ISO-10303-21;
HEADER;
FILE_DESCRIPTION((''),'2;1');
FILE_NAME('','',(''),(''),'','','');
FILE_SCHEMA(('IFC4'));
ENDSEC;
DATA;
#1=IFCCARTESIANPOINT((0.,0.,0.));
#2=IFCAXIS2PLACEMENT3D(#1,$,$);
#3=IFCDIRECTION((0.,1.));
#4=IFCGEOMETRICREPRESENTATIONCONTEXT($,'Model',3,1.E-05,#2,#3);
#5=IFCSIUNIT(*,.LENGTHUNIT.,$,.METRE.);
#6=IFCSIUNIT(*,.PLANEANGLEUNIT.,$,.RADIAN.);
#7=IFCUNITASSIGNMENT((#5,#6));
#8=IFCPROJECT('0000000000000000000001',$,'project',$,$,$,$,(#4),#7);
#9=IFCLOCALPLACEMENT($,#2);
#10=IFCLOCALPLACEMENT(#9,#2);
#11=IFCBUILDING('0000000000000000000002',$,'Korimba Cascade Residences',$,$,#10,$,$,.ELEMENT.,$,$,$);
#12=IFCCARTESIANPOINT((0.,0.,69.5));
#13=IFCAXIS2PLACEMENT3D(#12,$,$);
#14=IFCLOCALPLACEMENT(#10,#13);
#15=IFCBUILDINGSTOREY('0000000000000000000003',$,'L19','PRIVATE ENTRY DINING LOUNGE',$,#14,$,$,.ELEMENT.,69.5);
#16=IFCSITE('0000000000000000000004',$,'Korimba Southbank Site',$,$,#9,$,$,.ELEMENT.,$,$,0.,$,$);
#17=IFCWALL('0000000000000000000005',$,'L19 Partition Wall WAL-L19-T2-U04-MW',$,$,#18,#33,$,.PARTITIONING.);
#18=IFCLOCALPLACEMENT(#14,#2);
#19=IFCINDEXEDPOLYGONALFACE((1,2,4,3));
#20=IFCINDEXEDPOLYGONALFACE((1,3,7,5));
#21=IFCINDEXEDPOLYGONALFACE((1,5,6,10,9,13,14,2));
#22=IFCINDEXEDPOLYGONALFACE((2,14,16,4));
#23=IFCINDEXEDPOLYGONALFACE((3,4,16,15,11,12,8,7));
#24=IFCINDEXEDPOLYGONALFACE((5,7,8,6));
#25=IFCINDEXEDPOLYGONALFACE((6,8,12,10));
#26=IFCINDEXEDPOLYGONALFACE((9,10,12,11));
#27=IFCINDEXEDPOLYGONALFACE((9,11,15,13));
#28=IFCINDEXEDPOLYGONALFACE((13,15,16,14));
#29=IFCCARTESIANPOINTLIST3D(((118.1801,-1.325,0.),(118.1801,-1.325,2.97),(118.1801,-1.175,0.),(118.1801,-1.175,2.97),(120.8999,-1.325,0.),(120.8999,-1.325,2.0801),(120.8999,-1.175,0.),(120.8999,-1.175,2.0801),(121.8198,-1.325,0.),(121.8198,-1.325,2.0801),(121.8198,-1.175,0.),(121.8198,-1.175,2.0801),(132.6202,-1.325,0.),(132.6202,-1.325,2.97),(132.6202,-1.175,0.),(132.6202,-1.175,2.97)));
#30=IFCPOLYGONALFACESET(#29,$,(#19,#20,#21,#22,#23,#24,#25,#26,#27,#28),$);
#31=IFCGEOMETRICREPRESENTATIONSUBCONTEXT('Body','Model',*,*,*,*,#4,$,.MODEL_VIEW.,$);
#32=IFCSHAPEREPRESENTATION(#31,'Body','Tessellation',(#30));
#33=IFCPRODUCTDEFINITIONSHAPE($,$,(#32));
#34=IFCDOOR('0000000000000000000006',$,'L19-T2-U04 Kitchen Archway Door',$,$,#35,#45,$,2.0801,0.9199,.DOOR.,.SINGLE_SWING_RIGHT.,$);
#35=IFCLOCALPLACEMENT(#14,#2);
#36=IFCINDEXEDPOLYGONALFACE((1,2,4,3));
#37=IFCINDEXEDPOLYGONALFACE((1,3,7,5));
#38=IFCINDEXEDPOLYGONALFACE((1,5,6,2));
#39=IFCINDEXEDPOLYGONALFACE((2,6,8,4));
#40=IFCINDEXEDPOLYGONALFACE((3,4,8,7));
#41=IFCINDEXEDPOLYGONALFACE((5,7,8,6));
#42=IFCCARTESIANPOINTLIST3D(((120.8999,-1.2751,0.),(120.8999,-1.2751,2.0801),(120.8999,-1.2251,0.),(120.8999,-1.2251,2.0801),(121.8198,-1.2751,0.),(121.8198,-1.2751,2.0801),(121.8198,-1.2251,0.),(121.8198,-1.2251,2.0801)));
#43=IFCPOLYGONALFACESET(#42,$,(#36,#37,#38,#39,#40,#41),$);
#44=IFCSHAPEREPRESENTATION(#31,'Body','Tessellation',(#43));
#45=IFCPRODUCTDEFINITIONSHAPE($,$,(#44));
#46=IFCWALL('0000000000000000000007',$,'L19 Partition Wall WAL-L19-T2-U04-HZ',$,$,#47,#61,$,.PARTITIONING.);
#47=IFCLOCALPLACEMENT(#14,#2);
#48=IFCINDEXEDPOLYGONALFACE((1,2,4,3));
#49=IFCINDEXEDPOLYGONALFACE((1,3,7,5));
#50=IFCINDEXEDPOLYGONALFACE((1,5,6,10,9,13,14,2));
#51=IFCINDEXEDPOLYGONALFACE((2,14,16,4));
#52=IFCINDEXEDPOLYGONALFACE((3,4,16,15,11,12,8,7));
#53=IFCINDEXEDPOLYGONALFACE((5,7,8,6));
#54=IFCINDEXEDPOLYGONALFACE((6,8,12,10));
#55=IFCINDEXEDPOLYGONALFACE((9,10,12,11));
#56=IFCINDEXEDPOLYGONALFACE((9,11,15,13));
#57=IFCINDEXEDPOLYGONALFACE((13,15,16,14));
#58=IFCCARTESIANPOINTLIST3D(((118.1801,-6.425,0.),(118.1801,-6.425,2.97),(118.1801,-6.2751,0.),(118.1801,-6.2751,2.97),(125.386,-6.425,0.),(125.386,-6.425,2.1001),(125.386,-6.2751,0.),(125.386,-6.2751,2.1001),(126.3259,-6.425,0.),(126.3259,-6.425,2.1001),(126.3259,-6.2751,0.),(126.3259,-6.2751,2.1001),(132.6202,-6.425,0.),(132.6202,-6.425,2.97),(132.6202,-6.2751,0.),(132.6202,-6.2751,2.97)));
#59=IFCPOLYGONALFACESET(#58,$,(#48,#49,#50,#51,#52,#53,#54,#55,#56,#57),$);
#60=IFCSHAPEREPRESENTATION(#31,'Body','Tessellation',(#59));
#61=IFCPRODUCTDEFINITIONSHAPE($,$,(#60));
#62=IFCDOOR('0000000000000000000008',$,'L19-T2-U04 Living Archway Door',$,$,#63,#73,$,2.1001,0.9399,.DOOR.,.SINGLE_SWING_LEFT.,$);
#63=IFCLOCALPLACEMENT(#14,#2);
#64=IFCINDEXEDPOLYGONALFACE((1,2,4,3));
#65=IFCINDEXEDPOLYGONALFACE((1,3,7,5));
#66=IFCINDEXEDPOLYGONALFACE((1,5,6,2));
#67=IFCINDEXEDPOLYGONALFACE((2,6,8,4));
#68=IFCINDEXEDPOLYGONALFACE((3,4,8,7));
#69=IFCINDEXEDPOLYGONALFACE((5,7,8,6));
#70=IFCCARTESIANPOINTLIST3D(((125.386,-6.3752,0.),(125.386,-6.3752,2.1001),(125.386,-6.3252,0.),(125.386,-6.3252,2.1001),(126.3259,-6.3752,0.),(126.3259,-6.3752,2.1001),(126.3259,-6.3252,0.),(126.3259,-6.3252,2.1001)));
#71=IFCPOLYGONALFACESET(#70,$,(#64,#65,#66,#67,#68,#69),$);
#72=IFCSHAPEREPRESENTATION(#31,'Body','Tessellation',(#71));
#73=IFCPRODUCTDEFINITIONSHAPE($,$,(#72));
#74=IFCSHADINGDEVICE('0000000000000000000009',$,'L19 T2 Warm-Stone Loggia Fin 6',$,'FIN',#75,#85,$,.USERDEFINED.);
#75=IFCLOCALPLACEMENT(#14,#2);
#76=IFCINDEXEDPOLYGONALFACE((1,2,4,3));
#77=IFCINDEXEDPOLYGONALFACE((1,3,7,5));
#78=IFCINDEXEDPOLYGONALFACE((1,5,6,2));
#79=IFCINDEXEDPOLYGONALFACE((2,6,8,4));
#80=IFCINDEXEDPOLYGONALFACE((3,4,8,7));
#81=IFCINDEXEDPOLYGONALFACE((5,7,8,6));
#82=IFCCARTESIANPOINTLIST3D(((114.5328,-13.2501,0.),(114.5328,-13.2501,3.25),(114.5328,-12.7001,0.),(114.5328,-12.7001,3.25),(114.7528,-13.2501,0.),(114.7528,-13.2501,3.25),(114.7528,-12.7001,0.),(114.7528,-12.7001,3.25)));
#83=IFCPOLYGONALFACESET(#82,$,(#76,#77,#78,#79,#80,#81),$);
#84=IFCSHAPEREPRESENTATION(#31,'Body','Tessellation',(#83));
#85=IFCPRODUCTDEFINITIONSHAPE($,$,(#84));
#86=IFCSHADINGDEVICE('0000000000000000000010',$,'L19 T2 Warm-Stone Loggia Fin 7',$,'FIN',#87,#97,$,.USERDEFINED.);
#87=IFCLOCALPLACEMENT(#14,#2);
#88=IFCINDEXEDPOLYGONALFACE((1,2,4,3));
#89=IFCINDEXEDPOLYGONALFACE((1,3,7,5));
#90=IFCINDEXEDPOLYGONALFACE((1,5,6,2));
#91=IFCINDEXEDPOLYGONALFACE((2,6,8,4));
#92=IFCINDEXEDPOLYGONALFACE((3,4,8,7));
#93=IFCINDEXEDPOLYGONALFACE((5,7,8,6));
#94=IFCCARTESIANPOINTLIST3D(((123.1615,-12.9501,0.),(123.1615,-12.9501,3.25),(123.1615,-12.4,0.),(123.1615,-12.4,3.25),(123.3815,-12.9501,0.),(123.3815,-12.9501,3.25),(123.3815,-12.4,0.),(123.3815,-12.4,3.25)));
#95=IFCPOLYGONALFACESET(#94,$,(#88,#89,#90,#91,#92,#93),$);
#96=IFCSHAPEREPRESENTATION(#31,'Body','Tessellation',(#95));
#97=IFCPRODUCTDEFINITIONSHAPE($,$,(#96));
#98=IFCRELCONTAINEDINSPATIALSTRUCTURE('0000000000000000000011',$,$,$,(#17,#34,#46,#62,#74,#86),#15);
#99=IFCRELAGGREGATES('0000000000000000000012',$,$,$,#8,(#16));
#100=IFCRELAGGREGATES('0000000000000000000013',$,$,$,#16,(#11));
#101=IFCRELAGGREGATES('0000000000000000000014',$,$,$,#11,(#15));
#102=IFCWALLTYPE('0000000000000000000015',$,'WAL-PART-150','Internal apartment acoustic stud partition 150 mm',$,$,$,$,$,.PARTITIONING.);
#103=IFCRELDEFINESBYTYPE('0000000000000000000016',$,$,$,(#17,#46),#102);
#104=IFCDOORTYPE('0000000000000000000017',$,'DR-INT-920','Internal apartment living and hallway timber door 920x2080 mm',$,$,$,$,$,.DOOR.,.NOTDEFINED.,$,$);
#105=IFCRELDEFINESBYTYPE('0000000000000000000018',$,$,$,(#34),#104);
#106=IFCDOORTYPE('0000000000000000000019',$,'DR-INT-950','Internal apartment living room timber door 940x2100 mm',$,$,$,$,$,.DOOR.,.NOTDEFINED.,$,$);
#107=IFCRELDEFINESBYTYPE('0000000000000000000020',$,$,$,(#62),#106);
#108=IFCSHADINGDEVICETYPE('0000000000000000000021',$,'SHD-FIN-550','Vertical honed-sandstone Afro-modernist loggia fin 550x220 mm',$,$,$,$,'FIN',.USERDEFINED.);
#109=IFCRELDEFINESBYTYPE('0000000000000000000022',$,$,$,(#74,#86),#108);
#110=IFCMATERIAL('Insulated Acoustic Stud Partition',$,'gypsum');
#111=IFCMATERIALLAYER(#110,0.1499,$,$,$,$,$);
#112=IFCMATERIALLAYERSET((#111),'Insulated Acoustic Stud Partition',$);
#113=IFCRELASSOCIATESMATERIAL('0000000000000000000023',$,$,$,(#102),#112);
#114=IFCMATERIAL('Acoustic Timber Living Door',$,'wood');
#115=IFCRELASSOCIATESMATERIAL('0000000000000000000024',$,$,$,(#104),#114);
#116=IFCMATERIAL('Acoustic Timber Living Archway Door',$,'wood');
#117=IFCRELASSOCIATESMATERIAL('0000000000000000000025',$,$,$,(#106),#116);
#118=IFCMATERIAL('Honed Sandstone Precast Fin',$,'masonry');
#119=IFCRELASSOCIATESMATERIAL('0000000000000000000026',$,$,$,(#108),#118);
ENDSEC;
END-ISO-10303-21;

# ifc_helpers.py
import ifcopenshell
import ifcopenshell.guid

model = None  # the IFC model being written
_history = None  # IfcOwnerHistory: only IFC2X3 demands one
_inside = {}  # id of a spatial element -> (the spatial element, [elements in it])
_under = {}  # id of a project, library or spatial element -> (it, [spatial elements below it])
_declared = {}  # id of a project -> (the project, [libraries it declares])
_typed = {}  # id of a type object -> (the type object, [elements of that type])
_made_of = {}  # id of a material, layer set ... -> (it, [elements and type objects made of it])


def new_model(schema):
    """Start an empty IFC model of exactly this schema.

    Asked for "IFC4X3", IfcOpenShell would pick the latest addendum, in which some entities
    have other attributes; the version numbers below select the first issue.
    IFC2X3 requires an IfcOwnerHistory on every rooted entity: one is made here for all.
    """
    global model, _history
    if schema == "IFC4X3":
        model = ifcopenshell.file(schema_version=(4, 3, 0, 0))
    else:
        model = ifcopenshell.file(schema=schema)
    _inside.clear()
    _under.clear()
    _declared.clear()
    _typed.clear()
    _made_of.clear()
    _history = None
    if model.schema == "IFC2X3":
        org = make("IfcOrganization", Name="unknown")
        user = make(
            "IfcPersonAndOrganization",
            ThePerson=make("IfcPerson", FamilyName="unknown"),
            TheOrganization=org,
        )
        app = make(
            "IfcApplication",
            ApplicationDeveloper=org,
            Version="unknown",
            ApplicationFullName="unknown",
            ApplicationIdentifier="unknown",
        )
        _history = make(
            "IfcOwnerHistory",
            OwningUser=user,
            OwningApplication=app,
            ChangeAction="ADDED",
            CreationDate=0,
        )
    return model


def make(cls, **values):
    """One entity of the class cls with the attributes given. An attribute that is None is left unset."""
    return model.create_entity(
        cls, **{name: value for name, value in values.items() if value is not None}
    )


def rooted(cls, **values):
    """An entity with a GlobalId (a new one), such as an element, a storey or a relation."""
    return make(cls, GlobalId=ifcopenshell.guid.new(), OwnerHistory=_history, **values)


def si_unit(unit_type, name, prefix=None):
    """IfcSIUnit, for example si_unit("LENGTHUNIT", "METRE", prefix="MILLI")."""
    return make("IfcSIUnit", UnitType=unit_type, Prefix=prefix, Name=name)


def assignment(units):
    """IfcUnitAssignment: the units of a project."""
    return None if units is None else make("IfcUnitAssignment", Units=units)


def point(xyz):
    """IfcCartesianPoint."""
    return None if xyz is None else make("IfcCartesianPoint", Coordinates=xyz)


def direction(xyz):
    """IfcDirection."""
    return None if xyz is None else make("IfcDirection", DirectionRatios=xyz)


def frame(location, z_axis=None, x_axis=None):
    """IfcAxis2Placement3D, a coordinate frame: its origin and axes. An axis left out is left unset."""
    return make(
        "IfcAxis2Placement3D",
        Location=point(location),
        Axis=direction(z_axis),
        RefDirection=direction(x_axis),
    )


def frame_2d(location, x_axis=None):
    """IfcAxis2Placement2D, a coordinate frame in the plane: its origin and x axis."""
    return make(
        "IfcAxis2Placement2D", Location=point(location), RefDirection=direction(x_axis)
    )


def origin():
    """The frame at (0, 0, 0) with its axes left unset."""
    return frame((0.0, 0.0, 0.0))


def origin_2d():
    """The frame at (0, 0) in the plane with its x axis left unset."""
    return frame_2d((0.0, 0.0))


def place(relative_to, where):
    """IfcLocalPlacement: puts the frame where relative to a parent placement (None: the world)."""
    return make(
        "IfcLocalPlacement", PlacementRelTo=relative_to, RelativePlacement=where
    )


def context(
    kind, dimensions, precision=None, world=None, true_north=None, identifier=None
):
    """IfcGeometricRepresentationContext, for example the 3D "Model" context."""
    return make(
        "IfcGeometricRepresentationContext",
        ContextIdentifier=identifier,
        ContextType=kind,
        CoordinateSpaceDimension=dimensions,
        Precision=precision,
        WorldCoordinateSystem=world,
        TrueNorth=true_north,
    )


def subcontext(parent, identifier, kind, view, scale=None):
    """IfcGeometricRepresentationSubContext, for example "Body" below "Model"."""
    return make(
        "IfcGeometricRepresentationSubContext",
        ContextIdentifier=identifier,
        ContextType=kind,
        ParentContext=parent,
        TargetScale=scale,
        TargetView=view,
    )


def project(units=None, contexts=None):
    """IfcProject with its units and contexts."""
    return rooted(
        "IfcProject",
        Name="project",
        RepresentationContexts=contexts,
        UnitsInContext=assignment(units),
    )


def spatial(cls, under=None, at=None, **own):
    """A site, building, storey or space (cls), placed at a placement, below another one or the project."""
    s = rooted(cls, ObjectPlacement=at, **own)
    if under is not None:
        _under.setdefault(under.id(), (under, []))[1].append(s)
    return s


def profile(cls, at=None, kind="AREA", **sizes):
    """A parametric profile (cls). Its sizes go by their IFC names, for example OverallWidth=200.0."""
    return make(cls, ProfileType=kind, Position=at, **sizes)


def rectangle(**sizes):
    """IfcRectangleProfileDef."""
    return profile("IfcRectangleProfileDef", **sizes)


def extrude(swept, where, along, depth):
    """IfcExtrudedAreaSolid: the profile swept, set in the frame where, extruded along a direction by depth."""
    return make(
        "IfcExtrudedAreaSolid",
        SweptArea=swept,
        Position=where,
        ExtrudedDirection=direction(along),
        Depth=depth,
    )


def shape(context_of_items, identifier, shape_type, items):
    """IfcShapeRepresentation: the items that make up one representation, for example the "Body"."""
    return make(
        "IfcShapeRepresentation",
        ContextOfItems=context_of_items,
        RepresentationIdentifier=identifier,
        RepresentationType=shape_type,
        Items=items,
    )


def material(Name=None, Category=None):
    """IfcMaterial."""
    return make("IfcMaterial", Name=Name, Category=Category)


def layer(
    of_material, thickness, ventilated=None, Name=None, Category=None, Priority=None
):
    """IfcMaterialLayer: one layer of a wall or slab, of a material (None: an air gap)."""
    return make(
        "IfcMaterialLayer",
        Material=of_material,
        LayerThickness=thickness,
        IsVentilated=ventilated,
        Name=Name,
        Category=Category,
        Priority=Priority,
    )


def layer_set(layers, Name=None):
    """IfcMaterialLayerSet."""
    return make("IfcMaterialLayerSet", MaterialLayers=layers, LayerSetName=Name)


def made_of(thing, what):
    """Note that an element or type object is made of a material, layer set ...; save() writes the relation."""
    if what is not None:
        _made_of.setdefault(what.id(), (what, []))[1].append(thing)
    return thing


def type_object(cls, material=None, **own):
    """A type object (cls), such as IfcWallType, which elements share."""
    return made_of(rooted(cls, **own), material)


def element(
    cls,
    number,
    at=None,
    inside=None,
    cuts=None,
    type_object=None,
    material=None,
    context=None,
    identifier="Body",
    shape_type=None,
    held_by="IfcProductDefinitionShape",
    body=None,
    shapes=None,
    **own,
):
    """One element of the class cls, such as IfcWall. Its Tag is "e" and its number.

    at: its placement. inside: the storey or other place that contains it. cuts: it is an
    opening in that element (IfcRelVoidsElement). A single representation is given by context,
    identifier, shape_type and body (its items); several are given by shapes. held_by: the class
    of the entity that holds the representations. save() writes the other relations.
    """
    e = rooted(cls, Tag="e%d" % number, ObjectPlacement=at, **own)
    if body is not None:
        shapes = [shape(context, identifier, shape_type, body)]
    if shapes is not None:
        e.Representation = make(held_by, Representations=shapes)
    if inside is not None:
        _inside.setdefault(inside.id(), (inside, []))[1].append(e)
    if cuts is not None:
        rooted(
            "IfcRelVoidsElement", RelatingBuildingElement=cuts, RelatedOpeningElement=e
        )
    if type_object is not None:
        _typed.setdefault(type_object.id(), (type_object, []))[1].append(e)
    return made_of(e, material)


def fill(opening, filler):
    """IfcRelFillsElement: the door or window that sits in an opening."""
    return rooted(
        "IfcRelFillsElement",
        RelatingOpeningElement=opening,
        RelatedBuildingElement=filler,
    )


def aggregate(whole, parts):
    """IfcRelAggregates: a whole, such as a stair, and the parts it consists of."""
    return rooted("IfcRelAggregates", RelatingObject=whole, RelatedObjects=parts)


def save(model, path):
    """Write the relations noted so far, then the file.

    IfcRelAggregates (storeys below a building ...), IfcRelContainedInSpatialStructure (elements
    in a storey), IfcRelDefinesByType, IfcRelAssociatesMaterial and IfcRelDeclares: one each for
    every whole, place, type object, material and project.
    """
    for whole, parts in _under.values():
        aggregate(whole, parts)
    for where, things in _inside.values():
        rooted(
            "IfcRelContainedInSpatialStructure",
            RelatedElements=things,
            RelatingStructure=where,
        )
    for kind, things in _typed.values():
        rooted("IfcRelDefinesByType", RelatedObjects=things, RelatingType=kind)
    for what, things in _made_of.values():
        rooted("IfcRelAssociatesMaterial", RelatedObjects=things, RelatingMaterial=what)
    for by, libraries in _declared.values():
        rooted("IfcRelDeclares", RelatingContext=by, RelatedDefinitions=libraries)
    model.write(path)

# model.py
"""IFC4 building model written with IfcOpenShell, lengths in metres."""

from ifc_helpers import new_model, si_unit, direction, frame, frame_2d, origin, origin_2d, place, context, subcontext, project, spatial, rectangle, extrude, material, layer, layer_set, type_object, element, fill, save


model = new_model("IFC4")

# Units and contexts
model_context = context("Model", 3, precision=1e-05, world=origin(), true_north=direction((0.0, 1.0)))
body_context = subcontext(model_context, "Body", "Model", "MODEL_VIEW")
ifc_project = project(units=[si_unit("LENGTHUNIT", "METRE"), si_unit("PLANEANGLEUNIT", "RADIAN")], contexts=[model_context])

# Site, building, storey
site_placement = place(None, origin())
site = spatial("IfcSite", under=ifc_project, at=site_placement, Name="Korimba Southbank Site", CompositionType="ELEMENT", RefElevation=0.0)
building_placement = place(site_placement, origin())
building = spatial("IfcBuilding", under=site, at=building_placement, Name="Korimba Cascade Residences", CompositionType="ELEMENT")
storey_placement = place(building_placement, frame((0.0, 0.0, 69.5)))
storey = spatial("IfcBuildingStorey", under=building, at=storey_placement, Name="L19", Description="PRIVATE ENTRY DINING LOUNGE", CompositionType="ELEMENT", Elevation=69.5)

# Shared definitions
ifc_material_1 = material(Name="Insulated Acoustic Stud Partition", Category="gypsum")
ifc_layer_1 = layer(ifc_material_1, 0.1499)
ifc_layer_set_1 = layer_set([ifc_layer_1], Name="Insulated Acoustic Stud Partition")
wall_type_1 = type_object("IfcWallType", Name="WAL-PART-150", Description="Internal apartment acoustic stud partition 150 mm", PredefinedType="PARTITIONING", material=ifc_layer_set_1)

# Walls, openings, doors
wall_1_placement = place(storey_placement, frame((118.1799, -1.25, 0.0), z_axis=(0.0, 0.0, 1.0), x_axis=(1.0, 0.0, 0.0)))
wall_1 = element("IfcWall", 1, at=wall_1_placement, inside=storey, type_object=wall_type_1, Name="L19 Partition Wall WAL-L19-T2-U04-MW", PredefinedType="PARTITIONING", context=body_context, shape_type="SweptSolid", body=[
    extrude(rectangle(XDim=14.4402, YDim=0.1499, at=frame_2d((7.2202, 0.0))), origin(), (0.0, 0.0, 1.0), 2.97),
])
opening_1_placement = place(wall_1_placement, frame((2.72, 0.0, 0.0)))
opening_1 = element("IfcOpeningElement", 2, at=opening_1_placement, cuts=wall_1, PredefinedType="OPENING", context=body_context, shape_type="SweptSolid", body=[
    extrude(rectangle(XDim=0.9199, YDim=2.0801, at=frame_2d((0.46, 1.04))), frame((0.0, 0.085, 0.0), z_axis=(0.0, -1.0, 0.0), x_axis=(1.0, 0.0, 0.0)), (0.0, 0.0, 1.0), 0.1699),
])
ifc_material_2 = material(Name="Acoustic Timber Living Door", Category="wood")
door_type_1 = type_object("IfcDoorType", Name="DR-INT-920", Description="Internal apartment living and hallway timber door 920x2080 mm", OperationType="NOTDEFINED", PredefinedType="DOOR", material=ifc_material_2)
door_1_placement = place(opening_1_placement, origin())
door_1 = element("IfcDoor", 3, at=door_1_placement, inside=storey, type_object=door_type_1, Name="L19-T2-U04 Kitchen Archway Door", OperationType="SINGLE_SWING_RIGHT", OverallHeight=2.0801, OverallWidth=0.9199, PredefinedType="DOOR", context=body_context, shape_type="SweptSolid", body=[
    extrude(rectangle(XDim=0.9199, YDim=2.0801, at=frame_2d((0.46, 1.04))), frame((0.0, 0.0249, 0.0), z_axis=(0.0, -1.0, 0.0), x_axis=(1.0, 0.0, 0.0)), (0.0, 0.0, 1.0), 0.05),
])
fill(opening_1, door_1)
wall_2_placement = place(storey_placement, frame((118.1799, -6.3501, 0.0), z_axis=(0.0, 0.0, 1.0), x_axis=(1.0, 0.0, 0.0)))
wall_2 = element("IfcWall", 4, at=wall_2_placement, inside=storey, type_object=wall_type_1, Name="L19 Partition Wall WAL-L19-T2-U04-HZ", PredefinedType="PARTITIONING", context=body_context, shape_type="SweptSolid", body=[
    extrude(rectangle(XDim=14.4402, YDim=0.1499, at=frame_2d((7.2202, 0.0))), origin(), (0.0, 0.0, 1.0), 2.97),
])
opening_2_placement = place(wall_2_placement, frame((7.2061, 0.0, 0.0)))
opening_2 = element("IfcOpeningElement", 5, at=opening_2_placement, cuts=wall_2, PredefinedType="OPENING", context=body_context, shape_type="SweptSolid", body=[
    extrude(rectangle(XDim=0.9399, YDim=2.1001, at=frame_2d((0.47, 1.05))), frame((0.0, 0.085, 0.0), z_axis=(0.0, -1.0, 0.0), x_axis=(1.0, 0.0, 0.0)), (0.0, 0.0, 1.0), 0.1699),
])
ifc_material_3 = material(Name="Acoustic Timber Living Archway Door", Category="wood")
door_type_2 = type_object("IfcDoorType", Name="DR-INT-950", Description="Internal apartment living room timber door 940x2100 mm", OperationType="NOTDEFINED", PredefinedType="DOOR", material=ifc_material_3)
door_2_placement = place(opening_2_placement, origin())
door_2 = element("IfcDoor", 6, at=door_2_placement, inside=storey, type_object=door_type_2, Name="L19-T2-U04 Living Archway Door", OperationType="SINGLE_SWING_LEFT", OverallHeight=2.1001, OverallWidth=0.9399, PredefinedType="DOOR", context=body_context, shape_type="SweptSolid", body=[
    extrude(rectangle(XDim=0.9399, YDim=2.1001, at=frame_2d((0.47, 1.05))), frame((0.0, 0.0249, 0.0), z_axis=(0.0, -1.0, 0.0), x_axis=(1.0, 0.0, 0.0)), (0.0, 0.0, 1.0), 0.05),
])
fill(opening_2, door_2)

# Shading devices
ifc_material_4 = material(Name="Honed Sandstone Precast Fin", Category="masonry")
shading_device_type = type_object("IfcShadingDeviceType", Name="SHD-FIN-550", Description="Vertical honed-sandstone Afro-modernist loggia fin 550x220 mm", ElementType="FIN", PredefinedType="USERDEFINED", material=ifc_material_4)
for number, where, z_axis, x_axis, name in (
    (7, (114.6428, -12.9751, 0.0), (0.0, 0.0, 1.0), (1.0, 0.0, 0.0), "L19 T2 Warm-Stone Loggia Fin 6"),
    (8, (123.2715, -12.675, 0.0), (0.0, 0.0, 1.0), (1.0, 0.0, 0.0), "L19 T2 Warm-Stone Loggia Fin 7"),
):
    element("IfcShadingDevice", number, at=place(storey_placement, frame(where, z_axis=z_axis, x_axis=x_axis)), inside=storey, type_object=shading_device_type, Name=name, ObjectType="FIN", PredefinedType="USERDEFINED", context=body_context, shape_type="SweptSolid", body=[
        extrude(rectangle(XDim=0.22, YDim=0.55, at=origin_2d()), origin(), (0.0, 0.0, 1.0), 3.25),
    ])

save(model, "model.ifc")
